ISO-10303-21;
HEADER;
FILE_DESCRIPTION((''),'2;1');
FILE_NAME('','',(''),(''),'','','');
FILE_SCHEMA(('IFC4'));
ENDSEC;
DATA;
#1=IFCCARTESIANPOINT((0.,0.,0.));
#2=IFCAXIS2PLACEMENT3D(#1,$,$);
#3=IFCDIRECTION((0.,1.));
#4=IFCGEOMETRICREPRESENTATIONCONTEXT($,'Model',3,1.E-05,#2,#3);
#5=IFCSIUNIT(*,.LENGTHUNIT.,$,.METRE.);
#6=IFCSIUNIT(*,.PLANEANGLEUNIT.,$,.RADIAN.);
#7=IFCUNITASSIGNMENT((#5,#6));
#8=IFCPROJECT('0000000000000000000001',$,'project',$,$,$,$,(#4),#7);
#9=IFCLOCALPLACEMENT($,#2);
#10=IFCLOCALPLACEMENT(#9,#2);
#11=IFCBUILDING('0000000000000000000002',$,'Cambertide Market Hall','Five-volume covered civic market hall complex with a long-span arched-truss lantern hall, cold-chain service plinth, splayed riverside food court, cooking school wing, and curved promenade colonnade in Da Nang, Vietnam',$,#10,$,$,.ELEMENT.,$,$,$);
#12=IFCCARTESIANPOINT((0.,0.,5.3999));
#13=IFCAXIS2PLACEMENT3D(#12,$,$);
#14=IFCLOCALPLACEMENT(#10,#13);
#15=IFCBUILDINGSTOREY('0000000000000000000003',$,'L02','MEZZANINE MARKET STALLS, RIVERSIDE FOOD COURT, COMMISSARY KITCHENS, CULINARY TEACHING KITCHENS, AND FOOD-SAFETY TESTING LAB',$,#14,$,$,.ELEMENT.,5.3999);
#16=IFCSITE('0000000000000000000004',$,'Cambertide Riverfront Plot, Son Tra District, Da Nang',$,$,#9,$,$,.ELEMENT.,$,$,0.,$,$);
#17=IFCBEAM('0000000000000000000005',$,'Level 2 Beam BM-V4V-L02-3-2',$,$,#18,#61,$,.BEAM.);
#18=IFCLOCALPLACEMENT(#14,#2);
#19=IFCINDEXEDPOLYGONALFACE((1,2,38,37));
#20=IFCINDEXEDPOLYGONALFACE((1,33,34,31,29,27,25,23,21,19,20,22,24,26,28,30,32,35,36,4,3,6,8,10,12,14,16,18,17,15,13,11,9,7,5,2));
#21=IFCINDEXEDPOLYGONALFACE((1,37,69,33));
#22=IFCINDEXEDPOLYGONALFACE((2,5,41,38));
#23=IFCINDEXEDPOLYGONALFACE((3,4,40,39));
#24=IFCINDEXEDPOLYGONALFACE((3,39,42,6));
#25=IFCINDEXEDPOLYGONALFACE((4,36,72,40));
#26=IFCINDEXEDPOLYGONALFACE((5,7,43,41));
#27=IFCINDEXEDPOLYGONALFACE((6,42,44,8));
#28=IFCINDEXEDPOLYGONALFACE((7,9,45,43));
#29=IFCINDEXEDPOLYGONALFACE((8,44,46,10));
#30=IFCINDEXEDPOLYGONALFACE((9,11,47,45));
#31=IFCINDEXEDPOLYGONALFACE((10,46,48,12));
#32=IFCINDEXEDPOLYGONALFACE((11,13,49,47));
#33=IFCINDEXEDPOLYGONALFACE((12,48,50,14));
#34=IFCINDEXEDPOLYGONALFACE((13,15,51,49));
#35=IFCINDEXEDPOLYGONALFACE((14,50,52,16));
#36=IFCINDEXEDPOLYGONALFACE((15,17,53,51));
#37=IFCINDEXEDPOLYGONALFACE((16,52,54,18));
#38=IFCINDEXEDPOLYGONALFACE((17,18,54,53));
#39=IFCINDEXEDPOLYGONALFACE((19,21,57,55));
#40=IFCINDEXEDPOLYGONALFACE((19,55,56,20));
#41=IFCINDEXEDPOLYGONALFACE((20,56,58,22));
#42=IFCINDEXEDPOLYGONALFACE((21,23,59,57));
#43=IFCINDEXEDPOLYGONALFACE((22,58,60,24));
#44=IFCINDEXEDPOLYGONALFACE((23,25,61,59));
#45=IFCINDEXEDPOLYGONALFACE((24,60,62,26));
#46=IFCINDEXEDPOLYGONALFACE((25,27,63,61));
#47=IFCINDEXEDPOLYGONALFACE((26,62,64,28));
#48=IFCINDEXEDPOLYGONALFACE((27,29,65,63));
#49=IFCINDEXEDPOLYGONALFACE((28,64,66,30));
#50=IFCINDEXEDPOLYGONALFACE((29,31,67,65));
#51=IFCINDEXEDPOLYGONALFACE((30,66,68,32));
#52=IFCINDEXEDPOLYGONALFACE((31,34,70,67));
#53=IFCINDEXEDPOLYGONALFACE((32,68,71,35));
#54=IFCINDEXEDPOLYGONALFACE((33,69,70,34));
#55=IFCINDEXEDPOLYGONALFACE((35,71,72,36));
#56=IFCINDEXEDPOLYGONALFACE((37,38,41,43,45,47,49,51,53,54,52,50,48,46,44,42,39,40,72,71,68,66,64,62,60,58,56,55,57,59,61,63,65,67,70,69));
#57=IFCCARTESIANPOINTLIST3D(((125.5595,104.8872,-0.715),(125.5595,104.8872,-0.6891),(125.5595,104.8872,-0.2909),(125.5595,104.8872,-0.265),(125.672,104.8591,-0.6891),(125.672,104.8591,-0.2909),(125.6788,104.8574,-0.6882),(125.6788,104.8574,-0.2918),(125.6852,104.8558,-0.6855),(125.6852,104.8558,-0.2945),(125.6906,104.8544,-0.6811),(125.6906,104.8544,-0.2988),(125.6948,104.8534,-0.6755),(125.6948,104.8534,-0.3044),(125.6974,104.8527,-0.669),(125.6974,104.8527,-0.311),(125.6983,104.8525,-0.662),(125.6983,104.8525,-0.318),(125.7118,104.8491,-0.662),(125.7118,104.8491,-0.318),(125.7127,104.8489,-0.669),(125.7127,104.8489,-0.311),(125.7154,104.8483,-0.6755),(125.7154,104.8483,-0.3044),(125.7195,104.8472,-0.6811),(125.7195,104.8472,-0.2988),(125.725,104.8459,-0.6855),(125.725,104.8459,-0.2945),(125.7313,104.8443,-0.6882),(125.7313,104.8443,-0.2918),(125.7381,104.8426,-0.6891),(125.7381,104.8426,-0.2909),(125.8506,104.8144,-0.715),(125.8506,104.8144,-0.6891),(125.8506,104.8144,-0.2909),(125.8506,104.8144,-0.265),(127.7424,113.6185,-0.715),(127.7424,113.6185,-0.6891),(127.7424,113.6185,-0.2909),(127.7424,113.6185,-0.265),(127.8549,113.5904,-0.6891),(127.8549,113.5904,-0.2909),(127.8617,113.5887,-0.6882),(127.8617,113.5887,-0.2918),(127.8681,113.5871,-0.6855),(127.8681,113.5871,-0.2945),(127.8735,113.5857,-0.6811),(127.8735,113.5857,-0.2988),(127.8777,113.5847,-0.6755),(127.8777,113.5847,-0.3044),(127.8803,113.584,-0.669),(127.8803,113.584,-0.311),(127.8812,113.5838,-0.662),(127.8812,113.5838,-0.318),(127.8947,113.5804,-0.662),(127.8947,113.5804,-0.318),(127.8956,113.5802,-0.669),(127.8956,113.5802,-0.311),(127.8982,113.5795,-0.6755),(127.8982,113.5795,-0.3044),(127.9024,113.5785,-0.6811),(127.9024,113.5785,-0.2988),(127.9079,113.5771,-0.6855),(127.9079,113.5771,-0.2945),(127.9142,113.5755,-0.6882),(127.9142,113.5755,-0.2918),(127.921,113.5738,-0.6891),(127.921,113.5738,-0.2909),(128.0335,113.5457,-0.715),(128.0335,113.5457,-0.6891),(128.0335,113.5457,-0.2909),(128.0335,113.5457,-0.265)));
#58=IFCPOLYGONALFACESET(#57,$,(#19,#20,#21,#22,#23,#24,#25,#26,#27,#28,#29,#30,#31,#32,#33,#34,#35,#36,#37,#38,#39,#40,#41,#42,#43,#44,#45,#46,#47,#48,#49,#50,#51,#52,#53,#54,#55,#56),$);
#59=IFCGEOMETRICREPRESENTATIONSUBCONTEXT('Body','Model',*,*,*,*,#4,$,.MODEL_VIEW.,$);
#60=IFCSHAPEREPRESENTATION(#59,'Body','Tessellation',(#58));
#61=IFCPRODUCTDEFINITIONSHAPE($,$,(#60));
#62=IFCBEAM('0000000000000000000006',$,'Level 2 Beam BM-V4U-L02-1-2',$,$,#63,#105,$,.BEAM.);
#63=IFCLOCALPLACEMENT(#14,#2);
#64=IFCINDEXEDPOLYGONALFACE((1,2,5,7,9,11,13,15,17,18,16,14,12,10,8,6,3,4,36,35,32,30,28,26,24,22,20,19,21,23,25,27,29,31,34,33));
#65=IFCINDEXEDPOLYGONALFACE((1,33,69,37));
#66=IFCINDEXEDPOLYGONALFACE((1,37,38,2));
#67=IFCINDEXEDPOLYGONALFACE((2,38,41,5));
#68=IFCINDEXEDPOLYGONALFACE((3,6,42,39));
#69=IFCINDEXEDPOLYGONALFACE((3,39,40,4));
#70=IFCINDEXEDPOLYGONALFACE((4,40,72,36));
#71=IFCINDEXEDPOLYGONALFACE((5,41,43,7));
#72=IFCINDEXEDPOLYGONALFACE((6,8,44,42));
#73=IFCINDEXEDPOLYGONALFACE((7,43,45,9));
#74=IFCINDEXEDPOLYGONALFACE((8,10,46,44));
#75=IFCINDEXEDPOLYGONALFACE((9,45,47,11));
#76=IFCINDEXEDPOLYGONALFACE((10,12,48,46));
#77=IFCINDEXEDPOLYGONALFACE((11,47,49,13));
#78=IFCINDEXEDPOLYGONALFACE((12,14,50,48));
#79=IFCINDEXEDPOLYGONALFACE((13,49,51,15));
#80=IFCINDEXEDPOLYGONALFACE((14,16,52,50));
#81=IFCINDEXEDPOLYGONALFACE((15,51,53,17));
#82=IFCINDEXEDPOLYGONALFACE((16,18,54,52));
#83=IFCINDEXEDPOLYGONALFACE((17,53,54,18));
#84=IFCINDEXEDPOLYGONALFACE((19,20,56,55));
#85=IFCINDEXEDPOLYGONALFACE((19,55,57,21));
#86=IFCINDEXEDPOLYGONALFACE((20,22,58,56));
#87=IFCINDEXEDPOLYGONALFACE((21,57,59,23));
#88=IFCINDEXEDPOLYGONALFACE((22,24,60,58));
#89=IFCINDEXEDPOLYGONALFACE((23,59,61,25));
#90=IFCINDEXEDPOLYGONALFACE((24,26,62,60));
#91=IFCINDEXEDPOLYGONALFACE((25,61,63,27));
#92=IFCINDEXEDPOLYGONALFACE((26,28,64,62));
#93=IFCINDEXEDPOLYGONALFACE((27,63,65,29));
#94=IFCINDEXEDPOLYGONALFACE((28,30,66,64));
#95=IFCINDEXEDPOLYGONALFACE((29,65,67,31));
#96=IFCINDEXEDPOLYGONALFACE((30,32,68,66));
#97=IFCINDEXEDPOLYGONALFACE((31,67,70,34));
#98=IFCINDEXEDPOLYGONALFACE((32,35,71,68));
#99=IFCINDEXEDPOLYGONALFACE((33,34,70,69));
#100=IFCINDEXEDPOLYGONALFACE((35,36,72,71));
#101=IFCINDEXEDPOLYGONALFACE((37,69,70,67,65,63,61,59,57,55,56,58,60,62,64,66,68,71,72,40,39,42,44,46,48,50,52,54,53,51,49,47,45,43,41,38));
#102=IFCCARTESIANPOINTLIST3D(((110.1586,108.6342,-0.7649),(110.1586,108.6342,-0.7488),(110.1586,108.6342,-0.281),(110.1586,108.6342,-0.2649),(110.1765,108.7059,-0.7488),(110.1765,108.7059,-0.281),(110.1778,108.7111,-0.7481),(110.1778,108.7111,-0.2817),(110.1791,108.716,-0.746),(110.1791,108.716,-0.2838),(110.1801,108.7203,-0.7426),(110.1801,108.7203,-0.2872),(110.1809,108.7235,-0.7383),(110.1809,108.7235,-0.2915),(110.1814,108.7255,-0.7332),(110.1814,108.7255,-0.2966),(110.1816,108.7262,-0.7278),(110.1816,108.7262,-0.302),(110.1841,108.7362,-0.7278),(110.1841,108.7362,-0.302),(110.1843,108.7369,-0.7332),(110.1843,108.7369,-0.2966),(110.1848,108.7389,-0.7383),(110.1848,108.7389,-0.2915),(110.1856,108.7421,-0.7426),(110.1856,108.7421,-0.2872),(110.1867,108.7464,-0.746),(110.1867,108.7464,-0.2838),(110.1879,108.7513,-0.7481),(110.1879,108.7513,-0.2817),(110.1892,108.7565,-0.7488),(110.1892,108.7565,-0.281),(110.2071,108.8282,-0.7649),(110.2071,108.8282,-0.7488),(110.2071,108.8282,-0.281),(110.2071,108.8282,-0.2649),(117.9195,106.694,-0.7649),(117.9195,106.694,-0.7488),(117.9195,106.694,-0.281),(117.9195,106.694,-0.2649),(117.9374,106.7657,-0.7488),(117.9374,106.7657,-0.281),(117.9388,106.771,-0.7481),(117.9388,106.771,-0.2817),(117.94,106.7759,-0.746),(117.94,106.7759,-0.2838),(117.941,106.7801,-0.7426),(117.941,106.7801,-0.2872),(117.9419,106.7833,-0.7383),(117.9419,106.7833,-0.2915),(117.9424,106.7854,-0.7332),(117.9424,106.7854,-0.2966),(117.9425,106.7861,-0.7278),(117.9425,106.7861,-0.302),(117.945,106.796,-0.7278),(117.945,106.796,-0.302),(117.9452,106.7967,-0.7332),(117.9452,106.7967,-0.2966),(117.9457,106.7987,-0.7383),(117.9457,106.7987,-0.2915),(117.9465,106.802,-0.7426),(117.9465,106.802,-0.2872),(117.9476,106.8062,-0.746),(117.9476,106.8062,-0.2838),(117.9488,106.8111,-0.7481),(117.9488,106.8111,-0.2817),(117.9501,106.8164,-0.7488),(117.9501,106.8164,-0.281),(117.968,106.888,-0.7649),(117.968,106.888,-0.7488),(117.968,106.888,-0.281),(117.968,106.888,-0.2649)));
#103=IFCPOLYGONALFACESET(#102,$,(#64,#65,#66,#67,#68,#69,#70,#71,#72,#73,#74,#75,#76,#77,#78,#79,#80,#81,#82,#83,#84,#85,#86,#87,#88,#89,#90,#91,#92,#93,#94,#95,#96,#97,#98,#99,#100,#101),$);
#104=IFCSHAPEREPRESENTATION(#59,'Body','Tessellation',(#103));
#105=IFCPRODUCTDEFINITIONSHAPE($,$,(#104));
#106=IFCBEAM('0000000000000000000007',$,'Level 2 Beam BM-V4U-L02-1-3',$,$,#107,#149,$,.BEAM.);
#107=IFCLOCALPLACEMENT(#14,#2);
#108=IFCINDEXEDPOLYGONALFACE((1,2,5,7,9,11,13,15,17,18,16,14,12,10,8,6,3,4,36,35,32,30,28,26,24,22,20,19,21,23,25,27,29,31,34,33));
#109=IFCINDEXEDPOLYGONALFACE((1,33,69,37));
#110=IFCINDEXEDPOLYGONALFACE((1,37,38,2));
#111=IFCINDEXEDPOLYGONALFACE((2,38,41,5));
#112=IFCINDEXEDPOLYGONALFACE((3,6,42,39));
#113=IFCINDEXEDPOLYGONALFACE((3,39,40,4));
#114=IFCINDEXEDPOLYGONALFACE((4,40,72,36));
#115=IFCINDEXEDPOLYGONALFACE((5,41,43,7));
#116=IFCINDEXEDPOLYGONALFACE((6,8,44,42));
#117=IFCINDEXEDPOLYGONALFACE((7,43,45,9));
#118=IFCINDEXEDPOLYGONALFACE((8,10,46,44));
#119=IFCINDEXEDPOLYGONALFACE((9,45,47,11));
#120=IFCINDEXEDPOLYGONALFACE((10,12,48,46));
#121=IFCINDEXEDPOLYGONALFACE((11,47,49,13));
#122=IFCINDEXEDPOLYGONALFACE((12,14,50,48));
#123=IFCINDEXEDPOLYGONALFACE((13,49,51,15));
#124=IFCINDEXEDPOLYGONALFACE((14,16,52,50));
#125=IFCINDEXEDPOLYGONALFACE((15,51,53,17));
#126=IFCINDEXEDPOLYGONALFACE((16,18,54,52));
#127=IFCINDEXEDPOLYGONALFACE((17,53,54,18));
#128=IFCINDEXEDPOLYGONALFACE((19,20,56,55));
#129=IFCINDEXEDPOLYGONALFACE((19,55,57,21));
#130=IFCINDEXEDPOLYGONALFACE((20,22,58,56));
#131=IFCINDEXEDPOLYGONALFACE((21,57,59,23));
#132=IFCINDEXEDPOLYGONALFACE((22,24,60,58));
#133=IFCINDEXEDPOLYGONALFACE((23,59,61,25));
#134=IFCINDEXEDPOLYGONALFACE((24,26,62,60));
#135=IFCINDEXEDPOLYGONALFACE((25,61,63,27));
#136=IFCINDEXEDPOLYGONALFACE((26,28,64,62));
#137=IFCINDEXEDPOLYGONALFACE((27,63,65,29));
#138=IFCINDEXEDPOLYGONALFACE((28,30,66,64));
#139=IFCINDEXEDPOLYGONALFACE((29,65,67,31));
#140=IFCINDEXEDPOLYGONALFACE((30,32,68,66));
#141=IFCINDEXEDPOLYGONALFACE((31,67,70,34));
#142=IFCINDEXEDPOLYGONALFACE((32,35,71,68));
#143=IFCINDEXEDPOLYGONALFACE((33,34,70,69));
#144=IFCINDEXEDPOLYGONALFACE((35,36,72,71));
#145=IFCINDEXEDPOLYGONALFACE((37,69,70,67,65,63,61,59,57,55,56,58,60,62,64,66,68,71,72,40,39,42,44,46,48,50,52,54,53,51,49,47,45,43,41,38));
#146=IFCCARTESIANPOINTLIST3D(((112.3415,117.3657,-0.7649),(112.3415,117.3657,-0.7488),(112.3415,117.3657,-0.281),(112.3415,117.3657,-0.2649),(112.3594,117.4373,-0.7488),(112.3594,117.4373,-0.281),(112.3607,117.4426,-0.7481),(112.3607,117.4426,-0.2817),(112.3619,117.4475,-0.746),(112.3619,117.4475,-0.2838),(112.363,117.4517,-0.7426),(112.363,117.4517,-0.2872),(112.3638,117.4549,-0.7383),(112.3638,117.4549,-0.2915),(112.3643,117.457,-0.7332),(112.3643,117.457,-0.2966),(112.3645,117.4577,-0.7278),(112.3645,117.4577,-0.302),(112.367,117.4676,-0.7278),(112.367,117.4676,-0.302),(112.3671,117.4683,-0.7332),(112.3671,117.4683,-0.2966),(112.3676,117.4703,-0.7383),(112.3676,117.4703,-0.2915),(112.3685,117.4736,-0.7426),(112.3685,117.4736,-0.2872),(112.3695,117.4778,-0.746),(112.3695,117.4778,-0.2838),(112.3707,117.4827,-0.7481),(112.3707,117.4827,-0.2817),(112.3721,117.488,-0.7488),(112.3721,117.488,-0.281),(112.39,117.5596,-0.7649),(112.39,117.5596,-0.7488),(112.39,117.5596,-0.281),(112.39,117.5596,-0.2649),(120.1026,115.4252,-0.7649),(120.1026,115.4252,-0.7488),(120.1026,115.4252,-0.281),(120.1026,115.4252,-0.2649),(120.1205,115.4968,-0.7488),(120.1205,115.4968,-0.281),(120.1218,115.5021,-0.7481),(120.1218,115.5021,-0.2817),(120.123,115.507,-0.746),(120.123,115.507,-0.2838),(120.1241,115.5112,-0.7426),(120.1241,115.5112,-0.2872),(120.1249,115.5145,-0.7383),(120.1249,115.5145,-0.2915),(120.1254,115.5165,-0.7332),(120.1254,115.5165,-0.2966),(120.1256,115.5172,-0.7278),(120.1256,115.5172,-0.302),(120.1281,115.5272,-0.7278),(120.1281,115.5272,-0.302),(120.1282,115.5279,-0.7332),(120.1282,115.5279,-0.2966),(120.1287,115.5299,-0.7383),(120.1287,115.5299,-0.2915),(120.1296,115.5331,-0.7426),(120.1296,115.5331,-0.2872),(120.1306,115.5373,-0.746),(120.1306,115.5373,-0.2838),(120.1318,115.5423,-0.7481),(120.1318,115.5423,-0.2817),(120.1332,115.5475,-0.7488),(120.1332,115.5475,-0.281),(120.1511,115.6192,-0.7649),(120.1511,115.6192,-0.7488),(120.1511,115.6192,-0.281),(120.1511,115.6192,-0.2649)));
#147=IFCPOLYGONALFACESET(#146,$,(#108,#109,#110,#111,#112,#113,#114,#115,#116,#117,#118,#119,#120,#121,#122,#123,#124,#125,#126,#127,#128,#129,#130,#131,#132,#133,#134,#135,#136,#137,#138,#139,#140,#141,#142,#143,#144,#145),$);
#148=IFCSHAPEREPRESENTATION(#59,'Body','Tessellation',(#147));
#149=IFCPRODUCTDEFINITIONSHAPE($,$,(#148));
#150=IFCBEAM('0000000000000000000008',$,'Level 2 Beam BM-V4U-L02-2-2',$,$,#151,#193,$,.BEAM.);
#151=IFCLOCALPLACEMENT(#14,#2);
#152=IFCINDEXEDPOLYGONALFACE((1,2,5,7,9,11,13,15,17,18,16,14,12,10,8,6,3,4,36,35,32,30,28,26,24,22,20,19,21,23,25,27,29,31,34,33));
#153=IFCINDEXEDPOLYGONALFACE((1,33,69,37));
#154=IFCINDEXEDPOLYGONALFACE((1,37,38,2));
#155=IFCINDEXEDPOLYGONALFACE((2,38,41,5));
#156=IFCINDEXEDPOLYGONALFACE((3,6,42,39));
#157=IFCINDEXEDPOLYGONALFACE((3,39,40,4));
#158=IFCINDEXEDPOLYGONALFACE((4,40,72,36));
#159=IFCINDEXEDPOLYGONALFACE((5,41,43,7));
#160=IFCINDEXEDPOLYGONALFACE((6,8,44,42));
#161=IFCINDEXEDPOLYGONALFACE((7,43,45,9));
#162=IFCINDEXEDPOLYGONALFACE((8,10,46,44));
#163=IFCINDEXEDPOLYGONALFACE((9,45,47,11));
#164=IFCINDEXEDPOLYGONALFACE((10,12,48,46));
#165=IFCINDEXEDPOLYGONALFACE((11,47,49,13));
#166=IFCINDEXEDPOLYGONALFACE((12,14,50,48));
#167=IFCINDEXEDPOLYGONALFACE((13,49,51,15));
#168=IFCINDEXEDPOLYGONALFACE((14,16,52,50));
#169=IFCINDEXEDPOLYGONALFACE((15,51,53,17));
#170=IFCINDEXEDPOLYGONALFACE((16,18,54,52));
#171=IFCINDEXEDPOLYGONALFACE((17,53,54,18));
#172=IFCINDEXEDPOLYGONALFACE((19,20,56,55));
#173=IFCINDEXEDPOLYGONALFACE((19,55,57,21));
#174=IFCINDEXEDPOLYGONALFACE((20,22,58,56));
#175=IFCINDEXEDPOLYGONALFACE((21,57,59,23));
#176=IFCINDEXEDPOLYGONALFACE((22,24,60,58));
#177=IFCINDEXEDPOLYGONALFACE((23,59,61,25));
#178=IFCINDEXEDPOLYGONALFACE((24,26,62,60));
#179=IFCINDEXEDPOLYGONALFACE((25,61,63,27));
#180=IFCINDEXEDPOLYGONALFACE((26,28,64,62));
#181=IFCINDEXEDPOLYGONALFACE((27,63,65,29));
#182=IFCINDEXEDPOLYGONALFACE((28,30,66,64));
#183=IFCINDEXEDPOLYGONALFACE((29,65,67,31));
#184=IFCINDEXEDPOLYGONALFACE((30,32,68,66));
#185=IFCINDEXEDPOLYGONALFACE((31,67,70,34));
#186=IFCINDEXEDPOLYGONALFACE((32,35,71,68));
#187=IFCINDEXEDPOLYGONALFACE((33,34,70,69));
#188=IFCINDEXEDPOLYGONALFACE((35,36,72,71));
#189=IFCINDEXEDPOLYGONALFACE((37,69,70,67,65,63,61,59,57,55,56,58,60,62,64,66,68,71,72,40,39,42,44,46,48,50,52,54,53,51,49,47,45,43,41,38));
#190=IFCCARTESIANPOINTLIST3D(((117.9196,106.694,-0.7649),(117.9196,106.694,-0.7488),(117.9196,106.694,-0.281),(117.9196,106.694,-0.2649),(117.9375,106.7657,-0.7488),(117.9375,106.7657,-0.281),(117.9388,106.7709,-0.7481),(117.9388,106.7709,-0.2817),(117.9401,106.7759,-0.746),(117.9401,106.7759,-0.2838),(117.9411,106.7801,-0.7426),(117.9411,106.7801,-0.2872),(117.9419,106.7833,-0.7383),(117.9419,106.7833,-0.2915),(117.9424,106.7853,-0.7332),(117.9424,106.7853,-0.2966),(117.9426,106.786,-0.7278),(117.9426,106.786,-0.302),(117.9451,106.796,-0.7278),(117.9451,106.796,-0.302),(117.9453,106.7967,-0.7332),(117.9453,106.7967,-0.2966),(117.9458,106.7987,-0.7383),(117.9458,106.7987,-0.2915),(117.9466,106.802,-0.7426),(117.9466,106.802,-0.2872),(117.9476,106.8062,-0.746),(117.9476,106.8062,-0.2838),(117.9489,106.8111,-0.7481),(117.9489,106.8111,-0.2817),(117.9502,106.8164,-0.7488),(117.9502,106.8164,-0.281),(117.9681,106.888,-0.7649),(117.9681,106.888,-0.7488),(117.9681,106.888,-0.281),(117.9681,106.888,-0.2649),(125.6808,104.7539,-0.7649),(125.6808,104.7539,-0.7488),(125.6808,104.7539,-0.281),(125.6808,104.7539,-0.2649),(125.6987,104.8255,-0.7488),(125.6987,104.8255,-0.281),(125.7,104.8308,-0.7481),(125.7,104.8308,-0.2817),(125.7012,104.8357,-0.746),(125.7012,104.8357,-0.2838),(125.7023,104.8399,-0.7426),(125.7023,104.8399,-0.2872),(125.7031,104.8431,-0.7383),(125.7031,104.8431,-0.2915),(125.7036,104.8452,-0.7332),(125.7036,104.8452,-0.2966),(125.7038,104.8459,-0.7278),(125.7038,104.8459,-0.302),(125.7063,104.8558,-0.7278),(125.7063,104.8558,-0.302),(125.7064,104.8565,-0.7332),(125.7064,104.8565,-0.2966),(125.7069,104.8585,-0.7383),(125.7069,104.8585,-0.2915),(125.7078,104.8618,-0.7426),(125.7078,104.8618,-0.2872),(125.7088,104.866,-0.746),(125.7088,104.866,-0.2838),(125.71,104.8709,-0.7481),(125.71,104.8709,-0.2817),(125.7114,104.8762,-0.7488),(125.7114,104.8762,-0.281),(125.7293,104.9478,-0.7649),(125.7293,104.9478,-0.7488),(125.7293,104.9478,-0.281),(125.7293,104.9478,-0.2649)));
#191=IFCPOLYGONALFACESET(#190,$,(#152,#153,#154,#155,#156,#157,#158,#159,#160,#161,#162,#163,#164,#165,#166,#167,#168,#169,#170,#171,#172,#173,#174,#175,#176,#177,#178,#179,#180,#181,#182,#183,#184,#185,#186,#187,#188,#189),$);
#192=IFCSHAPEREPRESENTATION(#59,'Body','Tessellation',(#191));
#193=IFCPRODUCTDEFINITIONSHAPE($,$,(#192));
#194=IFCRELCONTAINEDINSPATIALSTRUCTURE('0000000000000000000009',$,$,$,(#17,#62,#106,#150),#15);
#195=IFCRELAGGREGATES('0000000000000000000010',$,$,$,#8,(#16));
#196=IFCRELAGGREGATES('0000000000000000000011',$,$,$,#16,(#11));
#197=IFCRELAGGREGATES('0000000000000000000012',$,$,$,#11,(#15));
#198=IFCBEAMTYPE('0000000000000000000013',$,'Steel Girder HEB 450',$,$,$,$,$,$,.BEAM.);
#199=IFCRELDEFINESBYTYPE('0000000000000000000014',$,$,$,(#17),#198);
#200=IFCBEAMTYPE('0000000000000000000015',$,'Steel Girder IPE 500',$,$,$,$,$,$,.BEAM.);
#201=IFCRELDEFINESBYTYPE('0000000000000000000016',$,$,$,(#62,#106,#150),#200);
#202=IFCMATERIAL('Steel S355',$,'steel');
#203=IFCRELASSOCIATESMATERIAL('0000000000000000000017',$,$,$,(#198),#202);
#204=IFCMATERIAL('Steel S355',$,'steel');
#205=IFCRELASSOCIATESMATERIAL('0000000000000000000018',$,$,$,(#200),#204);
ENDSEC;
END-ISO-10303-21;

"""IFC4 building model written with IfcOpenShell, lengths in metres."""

from ifc_helpers import new_model, si_unit, direction, frame, origin, origin_2d, place, context, subcontext, project, spatial, i_section, extrude, material, material_profile, profile_set, type_object, element, save


model = new_model("IFC4")

# Units and contexts
model_context = context("Model", 3, precision=1e-05, world=origin(), true_north=direction((0.0, 1.0)))
body_context = subcontext(model_context, "Body", "Model", "MODEL_VIEW")
ifc_project = project(units=[si_unit("LENGTHUNIT", "METRE"), si_unit("PLANEANGLEUNIT", "RADIAN")], contexts=[model_context])

# Site, building, storey
site_placement = place(None, origin())
site = spatial("IfcSite", under=ifc_project, at=site_placement, Name="Cambertide Riverfront Plot, Son Tra District, Da Nang", CompositionType="ELEMENT", RefElevation=0.0)
building_placement = place(site_placement, origin())
building = spatial("IfcBuilding", under=site, at=building_placement, Name="Cambertide Market Hall", Description="Five-volume covered civic market hall complex with a long-span arched-truss lantern hall, cold-chain service plinth, splayed riverside food court, cooking school wing, and curved promenade colonnade in Da Nang, Vietnam", CompositionType="ELEMENT")
storey_placement = place(building_placement, frame((0.0, 0.0, 5.3999)))
storey = spatial("IfcBuildingStorey", under=building, at=storey_placement, Name="L02", Description="MEZZANINE MARKET STALLS, RIVERSIDE FOOD COURT, COMMISSARY KITCHENS, CULINARY TEACHING KITCHENS, AND FOOD-SAFETY TESTING LAB", CompositionType="ELEMENT", Elevation=5.3999)

# Beams
ifc_material_1 = material(Name="Steel S355", Category="steel")
ifc_material_profile_1 = material_profile(ifc_material_1, i_section(OverallWidth=0.3, OverallDepth=0.45, WebThickness=0.0139, FlangeThickness=0.0259, FilletRadius=0.0271, at=origin_2d()), Name="HEB 450")
ifc_profile_set_1 = profile_set([ifc_material_profile_1], Name="Steel S355")
beam_type_1 = type_object("IfcBeamType", Name="Steel Girder HEB 450", PredefinedType="BEAM", material=ifc_profile_set_1)
beam_1_placement = place(storey_placement, frame((125.7051, 104.8508, -0.49), z_axis=(0.242542, 0.970141, 0.0), x_axis=(-0.970141, 0.242542, 0.0)))
element("IfcBeam", 1, at=beam_1_placement, inside=storey, type_object=beam_type_1, Name="Level 2 Beam BM-V4V-L02-3-2", PredefinedType="BEAM", context=body_context, shape_type="SweptSolid", body=[
    extrude(i_section(OverallWidth=0.3, OverallDepth=0.45, WebThickness=0.0139, FlangeThickness=0.0259, FilletRadius=0.0271, at=origin_2d()), origin(), (0.0, 0.0, 1.0), 9.0),
])
ifc_material_2 = material(Name="Steel S355", Category="steel")
ifc_material_profile_2 = material_profile(ifc_material_2, i_section(OverallWidth=0.2, OverallDepth=0.5, WebThickness=0.0103, FlangeThickness=0.0161, FilletRadius=0.021, at=origin_2d()), Name="IPE 500")
ifc_profile_set_2 = profile_set([ifc_material_profile_2], Name="Steel S355")
beam_type_2 = type_object("IfcBeamType", Name="Steel Girder IPE 500", PredefinedType="BEAM", material=ifc_profile_set_2)
beam_2_placement = place(storey_placement, frame((110.1829, 108.7312, -0.5149), z_axis=(0.970144, -0.242528, 0.0), x_axis=(0.242528, 0.970144, 0.0)))
element("IfcBeam", 2, at=beam_2_placement, inside=storey, type_object=beam_type_2, Name="Level 2 Beam BM-V4U-L02-1-2", PredefinedType="BEAM", context=body_context, shape_type="SweptSolid", body=[
    extrude(i_section(OverallWidth=0.2, OverallDepth=0.5, WebThickness=0.0103, FlangeThickness=0.0161, FilletRadius=0.021, at=origin_2d()), origin(), (0.0, 0.0, 1.0), 7.9998),
])
for number, where, z_axis, x_axis, name in (
    (3, (112.3657, 117.4626, -0.5149), (0.970137, -0.242557, 0.0), (0.242557, 0.970137, 0.0), "Level 2 Beam BM-V4U-L02-1-3"),
    (4, (117.9438, 106.791, -0.5149), (0.970146, -0.242521, 0.0), (0.242521, 0.970146, 0.0), "Level 2 Beam BM-V4U-L02-2-2"),
):
    element("IfcBeam", number, at=place(storey_placement, frame(where, z_axis=z_axis, x_axis=x_axis)), inside=storey, type_object=beam_type_2, Name=name, PredefinedType="BEAM", context=body_context, shape_type="SweptSolid", body=[
        extrude(i_section(OverallWidth=0.2, OverallDepth=0.5, WebThickness=0.0103, FlangeThickness=0.0161, FilletRadius=0.021, at=origin_2d()), origin(), (0.0, 0.0, 1.0), 8.0),
    ])

save(model, "model.ifc")
